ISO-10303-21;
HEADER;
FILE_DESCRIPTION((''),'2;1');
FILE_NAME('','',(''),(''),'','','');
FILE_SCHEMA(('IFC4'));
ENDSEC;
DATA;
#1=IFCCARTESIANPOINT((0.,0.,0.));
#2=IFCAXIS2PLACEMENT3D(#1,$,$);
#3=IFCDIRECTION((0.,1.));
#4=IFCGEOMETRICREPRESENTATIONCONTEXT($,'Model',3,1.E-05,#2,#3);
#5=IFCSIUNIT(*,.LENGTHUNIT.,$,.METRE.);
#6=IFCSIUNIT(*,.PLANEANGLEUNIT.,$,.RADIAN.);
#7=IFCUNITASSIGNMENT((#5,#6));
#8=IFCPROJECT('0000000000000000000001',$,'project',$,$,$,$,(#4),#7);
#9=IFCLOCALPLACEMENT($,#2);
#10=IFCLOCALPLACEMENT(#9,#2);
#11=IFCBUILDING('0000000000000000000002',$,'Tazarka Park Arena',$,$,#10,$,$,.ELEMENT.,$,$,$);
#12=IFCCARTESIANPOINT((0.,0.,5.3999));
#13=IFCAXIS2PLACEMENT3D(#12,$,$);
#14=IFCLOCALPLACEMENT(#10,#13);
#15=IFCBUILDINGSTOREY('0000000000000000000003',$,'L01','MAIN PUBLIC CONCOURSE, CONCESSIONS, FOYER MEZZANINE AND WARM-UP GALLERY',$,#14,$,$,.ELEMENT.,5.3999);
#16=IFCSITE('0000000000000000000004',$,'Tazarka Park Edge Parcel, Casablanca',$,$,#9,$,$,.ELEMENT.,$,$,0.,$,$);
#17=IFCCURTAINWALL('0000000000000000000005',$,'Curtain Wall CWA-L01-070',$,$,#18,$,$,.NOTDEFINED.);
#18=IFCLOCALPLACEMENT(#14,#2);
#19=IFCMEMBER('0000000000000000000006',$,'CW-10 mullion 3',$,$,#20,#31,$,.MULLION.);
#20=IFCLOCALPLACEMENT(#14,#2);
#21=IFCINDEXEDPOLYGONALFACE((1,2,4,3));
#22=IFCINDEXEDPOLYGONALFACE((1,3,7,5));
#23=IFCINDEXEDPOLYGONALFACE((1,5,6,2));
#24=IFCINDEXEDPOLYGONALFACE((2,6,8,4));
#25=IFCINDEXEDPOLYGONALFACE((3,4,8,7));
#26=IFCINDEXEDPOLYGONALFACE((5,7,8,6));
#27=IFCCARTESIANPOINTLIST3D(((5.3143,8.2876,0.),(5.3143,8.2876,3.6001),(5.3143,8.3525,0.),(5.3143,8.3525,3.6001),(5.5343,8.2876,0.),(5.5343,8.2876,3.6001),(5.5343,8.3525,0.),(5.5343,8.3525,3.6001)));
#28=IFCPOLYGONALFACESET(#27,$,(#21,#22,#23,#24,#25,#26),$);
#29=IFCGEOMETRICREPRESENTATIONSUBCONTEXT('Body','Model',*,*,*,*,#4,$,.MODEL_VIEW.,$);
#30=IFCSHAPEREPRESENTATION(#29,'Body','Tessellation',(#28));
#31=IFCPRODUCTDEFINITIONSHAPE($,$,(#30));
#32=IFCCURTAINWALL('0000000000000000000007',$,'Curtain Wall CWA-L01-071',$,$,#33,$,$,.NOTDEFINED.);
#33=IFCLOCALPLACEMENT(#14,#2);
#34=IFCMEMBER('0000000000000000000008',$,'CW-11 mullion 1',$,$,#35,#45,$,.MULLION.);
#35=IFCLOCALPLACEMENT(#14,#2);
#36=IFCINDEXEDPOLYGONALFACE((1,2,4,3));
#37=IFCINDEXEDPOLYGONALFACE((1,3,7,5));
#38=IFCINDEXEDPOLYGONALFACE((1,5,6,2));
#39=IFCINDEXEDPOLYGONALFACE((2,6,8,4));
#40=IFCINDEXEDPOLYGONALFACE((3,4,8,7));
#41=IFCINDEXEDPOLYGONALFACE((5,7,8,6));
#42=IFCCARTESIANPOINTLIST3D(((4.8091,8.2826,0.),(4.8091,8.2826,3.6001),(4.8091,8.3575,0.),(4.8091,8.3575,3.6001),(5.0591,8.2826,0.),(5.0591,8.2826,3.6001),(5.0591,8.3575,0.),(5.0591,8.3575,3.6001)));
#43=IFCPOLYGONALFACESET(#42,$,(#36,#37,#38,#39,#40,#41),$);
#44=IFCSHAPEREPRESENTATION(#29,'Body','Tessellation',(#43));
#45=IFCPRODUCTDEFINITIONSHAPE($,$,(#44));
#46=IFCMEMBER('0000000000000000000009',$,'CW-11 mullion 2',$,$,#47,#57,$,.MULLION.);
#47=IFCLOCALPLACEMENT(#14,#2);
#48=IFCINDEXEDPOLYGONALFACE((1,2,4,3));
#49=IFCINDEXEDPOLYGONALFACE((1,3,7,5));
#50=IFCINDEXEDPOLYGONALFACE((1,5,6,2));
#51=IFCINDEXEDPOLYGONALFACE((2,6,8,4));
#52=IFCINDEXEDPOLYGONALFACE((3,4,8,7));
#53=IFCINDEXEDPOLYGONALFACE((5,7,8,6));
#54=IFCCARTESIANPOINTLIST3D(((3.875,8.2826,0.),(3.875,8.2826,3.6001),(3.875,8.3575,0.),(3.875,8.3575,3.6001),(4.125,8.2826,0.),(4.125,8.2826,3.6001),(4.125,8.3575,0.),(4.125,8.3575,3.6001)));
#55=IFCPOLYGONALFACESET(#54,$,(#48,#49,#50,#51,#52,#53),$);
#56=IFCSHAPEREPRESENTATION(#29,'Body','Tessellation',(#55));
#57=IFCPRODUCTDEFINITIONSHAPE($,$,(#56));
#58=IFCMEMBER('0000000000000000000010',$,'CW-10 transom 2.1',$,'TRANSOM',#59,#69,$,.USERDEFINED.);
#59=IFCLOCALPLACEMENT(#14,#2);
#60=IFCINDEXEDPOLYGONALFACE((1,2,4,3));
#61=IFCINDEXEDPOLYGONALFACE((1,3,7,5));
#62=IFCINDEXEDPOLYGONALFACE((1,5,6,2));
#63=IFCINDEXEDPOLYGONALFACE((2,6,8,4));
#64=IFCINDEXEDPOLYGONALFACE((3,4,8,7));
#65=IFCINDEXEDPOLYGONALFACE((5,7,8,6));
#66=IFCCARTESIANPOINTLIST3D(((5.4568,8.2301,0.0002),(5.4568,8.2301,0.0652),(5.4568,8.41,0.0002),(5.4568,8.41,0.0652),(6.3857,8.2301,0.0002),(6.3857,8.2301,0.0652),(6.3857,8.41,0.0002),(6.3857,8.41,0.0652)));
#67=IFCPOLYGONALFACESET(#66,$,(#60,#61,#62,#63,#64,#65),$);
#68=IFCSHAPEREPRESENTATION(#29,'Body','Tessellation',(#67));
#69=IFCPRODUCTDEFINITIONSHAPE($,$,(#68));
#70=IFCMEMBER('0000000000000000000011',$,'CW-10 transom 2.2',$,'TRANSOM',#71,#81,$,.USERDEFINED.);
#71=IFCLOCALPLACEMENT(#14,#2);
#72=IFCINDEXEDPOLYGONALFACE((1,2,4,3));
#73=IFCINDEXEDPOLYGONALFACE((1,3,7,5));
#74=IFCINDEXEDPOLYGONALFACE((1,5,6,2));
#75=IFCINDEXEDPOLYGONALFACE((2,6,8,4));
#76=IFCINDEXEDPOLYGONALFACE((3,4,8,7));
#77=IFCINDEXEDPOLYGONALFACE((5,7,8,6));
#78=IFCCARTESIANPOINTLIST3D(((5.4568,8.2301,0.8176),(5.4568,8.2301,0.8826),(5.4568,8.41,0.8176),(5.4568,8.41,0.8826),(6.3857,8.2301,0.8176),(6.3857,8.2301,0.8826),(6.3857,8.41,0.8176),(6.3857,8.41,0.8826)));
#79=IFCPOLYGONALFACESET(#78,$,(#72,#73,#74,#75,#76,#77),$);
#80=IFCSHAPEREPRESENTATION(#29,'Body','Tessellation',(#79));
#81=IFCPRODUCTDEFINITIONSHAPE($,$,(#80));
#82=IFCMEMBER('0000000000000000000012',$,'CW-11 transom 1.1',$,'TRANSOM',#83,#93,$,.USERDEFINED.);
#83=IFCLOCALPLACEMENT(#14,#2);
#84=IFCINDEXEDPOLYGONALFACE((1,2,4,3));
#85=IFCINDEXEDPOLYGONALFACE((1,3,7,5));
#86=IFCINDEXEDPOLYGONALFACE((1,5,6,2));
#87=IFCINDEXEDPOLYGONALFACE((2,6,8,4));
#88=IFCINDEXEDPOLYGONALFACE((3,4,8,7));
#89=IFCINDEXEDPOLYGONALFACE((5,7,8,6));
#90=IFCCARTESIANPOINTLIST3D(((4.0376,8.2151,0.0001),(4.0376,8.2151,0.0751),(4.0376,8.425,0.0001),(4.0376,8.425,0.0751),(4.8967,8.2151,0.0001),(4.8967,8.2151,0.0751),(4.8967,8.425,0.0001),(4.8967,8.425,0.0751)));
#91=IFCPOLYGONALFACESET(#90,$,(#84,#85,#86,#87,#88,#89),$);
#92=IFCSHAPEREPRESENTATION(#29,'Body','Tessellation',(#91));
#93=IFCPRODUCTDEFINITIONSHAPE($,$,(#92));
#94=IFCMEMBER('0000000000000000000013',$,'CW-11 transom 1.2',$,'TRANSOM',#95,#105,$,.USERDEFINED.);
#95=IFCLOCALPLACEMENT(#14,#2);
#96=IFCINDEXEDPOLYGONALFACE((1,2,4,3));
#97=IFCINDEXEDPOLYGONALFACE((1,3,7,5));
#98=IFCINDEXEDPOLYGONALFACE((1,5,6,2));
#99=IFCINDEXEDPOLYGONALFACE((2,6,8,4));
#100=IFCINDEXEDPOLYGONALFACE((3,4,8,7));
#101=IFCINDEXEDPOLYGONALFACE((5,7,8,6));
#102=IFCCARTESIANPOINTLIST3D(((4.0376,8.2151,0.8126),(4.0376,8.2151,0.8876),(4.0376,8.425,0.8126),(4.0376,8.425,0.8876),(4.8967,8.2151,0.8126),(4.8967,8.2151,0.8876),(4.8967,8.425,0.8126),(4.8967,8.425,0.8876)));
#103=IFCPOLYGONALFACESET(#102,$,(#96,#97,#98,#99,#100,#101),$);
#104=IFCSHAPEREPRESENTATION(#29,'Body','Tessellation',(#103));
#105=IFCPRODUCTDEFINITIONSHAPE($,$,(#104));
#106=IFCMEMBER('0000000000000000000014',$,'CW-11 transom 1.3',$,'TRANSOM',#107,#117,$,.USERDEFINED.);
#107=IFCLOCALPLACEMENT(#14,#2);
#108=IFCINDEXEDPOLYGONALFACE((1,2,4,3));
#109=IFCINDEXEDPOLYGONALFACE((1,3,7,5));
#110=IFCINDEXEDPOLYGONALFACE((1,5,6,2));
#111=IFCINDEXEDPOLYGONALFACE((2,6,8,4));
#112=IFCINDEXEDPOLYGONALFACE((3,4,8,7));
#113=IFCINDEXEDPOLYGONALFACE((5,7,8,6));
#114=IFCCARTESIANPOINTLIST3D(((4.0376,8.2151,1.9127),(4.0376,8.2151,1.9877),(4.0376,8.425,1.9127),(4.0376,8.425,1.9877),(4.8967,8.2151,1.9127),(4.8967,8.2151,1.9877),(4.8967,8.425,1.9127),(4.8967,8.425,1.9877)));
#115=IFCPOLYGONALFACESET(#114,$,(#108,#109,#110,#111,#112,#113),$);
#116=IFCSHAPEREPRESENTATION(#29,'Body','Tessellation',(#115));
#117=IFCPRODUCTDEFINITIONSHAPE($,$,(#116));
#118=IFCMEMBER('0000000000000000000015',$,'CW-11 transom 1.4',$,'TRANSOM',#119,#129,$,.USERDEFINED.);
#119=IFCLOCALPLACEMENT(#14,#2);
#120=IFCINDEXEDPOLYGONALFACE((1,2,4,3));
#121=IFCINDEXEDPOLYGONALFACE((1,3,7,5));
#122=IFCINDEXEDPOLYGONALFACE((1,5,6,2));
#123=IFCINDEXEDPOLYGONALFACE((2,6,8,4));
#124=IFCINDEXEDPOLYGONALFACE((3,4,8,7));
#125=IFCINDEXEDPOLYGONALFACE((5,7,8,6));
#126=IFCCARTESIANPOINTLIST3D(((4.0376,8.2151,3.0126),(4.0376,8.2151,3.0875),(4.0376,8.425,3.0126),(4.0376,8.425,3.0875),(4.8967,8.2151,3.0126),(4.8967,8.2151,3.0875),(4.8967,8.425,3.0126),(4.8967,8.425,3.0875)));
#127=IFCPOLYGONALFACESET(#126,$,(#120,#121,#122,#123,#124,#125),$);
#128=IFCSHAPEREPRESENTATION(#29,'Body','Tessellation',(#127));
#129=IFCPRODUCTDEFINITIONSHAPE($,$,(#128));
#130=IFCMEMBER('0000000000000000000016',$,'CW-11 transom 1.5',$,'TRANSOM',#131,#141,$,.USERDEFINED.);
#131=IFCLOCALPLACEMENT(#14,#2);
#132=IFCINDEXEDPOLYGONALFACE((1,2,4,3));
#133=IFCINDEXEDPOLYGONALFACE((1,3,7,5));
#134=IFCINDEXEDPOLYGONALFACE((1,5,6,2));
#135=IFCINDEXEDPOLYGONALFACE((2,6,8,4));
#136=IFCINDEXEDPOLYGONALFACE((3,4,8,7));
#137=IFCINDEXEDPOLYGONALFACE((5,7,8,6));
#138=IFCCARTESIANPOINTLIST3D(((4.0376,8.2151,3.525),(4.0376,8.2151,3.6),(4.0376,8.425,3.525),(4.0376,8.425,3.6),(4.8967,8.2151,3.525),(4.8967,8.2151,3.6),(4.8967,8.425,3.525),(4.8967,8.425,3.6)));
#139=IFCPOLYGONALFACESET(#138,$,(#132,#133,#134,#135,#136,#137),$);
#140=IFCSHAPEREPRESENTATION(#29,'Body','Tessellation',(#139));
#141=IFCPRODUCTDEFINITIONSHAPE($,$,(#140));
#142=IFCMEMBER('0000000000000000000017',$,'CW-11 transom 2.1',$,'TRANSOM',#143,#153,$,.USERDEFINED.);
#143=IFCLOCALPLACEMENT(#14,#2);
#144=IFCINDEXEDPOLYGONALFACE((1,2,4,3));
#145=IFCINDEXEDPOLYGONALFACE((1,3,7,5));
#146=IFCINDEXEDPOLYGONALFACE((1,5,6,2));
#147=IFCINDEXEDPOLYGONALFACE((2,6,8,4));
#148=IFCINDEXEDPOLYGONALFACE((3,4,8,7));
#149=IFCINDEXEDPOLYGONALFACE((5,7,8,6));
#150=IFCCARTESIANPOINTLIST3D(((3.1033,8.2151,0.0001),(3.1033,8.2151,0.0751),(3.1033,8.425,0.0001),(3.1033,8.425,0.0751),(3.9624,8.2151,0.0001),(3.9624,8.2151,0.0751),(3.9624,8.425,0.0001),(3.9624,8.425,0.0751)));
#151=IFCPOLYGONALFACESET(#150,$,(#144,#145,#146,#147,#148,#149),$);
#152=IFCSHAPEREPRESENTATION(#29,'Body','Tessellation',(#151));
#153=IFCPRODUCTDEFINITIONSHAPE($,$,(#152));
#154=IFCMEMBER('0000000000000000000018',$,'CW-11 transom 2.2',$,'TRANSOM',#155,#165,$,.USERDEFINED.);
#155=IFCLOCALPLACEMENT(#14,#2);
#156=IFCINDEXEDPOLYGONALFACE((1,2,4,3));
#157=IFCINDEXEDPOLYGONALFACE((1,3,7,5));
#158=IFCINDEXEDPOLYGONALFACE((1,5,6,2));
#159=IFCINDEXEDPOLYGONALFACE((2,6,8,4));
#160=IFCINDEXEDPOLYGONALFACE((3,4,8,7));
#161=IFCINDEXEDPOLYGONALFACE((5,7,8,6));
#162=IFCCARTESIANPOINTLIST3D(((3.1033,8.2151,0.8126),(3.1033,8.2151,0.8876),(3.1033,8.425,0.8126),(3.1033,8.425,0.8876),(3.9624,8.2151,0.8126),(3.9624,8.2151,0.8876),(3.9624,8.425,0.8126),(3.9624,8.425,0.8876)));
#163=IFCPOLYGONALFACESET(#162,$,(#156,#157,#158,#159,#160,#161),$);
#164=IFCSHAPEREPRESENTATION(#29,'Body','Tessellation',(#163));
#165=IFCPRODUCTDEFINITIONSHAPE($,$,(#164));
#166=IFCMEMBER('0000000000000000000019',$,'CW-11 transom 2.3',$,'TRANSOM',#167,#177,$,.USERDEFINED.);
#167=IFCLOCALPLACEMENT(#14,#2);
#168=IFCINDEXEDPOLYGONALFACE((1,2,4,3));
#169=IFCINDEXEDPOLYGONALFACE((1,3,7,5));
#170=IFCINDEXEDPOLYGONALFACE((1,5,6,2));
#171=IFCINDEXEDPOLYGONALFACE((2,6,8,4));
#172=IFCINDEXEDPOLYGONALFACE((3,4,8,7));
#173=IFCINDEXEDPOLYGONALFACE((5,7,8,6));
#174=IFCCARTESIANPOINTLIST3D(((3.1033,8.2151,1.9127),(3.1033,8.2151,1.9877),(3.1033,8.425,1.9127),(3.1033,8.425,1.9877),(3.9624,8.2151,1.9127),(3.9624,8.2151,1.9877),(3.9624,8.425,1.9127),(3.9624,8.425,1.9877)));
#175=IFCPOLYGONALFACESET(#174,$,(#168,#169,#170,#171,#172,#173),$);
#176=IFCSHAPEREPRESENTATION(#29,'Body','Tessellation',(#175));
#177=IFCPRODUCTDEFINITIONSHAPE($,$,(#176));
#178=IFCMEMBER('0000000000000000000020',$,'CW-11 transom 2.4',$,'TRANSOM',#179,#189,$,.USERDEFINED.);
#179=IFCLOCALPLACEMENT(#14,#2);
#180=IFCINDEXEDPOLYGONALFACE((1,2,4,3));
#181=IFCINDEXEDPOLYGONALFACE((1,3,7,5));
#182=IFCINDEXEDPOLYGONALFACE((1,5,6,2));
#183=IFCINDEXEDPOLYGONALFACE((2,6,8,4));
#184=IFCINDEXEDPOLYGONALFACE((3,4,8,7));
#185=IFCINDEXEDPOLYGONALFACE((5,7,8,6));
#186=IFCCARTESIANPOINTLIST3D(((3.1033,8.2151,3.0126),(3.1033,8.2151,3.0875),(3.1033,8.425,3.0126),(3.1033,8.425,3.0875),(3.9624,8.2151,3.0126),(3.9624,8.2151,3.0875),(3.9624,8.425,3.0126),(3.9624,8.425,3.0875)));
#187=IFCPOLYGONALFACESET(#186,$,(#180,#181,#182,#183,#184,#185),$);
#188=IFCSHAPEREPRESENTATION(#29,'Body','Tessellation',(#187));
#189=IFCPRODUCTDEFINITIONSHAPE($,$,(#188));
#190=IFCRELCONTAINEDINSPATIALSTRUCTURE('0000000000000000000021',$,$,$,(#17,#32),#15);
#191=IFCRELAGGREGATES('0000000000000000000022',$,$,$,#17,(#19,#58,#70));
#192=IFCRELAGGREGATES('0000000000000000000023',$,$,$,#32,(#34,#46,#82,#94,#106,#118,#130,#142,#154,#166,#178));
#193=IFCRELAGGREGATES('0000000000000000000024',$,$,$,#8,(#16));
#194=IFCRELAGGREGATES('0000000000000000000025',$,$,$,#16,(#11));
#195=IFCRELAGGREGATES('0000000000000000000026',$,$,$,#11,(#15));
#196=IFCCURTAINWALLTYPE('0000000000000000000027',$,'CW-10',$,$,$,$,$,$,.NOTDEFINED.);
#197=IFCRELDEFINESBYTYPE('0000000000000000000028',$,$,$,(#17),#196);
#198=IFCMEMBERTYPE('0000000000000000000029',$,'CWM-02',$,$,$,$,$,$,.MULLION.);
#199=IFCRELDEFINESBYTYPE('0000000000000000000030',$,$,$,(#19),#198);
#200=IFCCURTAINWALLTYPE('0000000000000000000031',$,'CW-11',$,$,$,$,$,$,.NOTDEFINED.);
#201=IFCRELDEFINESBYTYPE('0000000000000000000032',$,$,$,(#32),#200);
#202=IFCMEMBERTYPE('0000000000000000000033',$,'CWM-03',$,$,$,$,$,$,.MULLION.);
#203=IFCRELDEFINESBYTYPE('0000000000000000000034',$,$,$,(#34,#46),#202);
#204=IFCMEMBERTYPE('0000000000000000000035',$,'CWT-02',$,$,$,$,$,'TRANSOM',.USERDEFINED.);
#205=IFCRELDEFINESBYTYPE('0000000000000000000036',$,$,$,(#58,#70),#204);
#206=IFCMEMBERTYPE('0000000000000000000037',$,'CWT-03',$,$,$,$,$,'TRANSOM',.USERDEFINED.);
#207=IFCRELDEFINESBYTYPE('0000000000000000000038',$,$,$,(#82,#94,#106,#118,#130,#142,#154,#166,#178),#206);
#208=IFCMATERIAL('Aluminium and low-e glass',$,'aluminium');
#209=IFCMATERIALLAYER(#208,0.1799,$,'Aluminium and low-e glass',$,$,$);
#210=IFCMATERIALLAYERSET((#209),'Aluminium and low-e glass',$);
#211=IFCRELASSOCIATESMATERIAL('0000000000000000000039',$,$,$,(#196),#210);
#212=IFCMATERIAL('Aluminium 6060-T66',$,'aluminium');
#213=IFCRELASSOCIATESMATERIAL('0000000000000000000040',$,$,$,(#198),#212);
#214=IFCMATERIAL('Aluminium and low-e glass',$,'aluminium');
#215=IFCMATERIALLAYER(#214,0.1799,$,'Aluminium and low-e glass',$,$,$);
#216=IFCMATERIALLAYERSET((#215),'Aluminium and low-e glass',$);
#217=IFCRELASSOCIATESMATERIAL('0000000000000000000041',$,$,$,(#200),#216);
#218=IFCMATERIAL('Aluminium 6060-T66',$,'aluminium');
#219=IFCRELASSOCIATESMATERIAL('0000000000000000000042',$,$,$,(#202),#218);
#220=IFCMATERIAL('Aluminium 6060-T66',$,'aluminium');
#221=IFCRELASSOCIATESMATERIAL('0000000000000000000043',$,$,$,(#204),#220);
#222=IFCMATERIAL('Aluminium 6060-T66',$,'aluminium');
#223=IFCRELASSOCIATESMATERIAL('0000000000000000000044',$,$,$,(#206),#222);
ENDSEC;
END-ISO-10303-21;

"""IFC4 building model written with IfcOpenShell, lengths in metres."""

from ifc_helpers import new_model, si_unit, direction, frame, origin, origin_2d, place, context, subcontext, project, spatial, rectangle, extrude, material, layer, layer_set, material_profile, profile_set, type_object, element, aggregate, save


model = new_model("IFC4")

# Units and contexts
model_context = context("Model", 3, precision=1e-05, world=origin(), true_north=direction((0.0, 1.0)))
body_context = subcontext(model_context, "Body", "Model", "MODEL_VIEW")
ifc_project = project(units=[si_unit("LENGTHUNIT", "METRE"), si_unit("PLANEANGLEUNIT", "RADIAN")], contexts=[model_context])

# Site, building, storey
site_placement = place(None, origin())
site = spatial("IfcSite", under=ifc_project, at=site_placement, Name="Tazarka Park Edge Parcel, Casablanca", CompositionType="ELEMENT", RefElevation=0.0)
building_placement = place(site_placement, origin())
building = spatial("IfcBuilding", under=site, at=building_placement, Name="Tazarka Park Arena", CompositionType="ELEMENT")
storey_placement = place(building_placement, frame((0.0, 0.0, 5.3999)))
storey = spatial("IfcBuildingStorey", under=building, at=storey_placement, Name="L01", Description="MAIN PUBLIC CONCOURSE, CONCESSIONS, FOYER MEZZANINE AND WARM-UP GALLERY", CompositionType="ELEMENT", Elevation=5.3999)

# Curtain wall, member
ifc_material_1 = material(Name="Aluminium and low-e glass", Category="aluminium")
ifc_layer_1 = layer(ifc_material_1, 0.1799, Name="Aluminium and low-e glass")
ifc_layer_set_1 = layer_set([ifc_layer_1], Name="Aluminium and low-e glass")
curtain_wall_type_1 = type_object("IfcCurtainWallType", Name="CW-10", PredefinedType="NOTDEFINED", material=ifc_layer_set_1)
curtain_wall_1_placement = place(storey_placement, origin())
curtain_wall_1 = element("IfcCurtainWall", 1, at=curtain_wall_1_placement, inside=storey, type_object=curtain_wall_type_1, Name="Curtain Wall CWA-L01-070", PredefinedType="NOTDEFINED")
ifc_material_2 = material(Name="Aluminium 6060-T66", Category="aluminium")
ifc_material_profile_1 = material_profile(ifc_material_2, rectangle(XDim=0.0649, YDim=0.22, at=origin_2d()), Name="Aluminium 6060-T66")
ifc_profile_set_1 = profile_set([ifc_material_profile_1], Name="Aluminium 6060-T66")
member_type_1 = type_object("IfcMemberType", Name="CWM-02", PredefinedType="MULLION", material=ifc_profile_set_1)
member_1_placement = place(storey_placement, frame((5.4243, 8.3201, 0.0), z_axis=(0.0, 0.0, 1.0), x_axis=(0.0, -1.0, 0.0)))
member_1 = element("IfcMember", 2, at=member_1_placement, type_object=member_type_1, Name="CW-10 mullion 3", PredefinedType="MULLION", context=body_context, shape_type="SweptSolid", body=[
    extrude(rectangle(XDim=0.0649, YDim=0.22, at=origin_2d()), origin(), (0.0, 0.0, 1.0), 3.6001),
])

# Curtain wall, members
ifc_material_3 = material(Name="Aluminium and low-e glass", Category="aluminium")
ifc_layer_2 = layer(ifc_material_3, 0.1799, Name="Aluminium and low-e glass")
ifc_layer_set_2 = layer_set([ifc_layer_2], Name="Aluminium and low-e glass")
curtain_wall_type_2 = type_object("IfcCurtainWallType", Name="CW-11", PredefinedType="NOTDEFINED", material=ifc_layer_set_2)
curtain_wall_2_placement = place(storey_placement, origin())
curtain_wall_2 = element("IfcCurtainWall", 3, at=curtain_wall_2_placement, inside=storey, type_object=curtain_wall_type_2, Name="Curtain Wall CWA-L01-071", PredefinedType="NOTDEFINED")
ifc_material_4 = material(Name="Aluminium 6060-T66", Category="aluminium")
ifc_material_profile_2 = material_profile(ifc_material_4, rectangle(XDim=0.075, YDim=0.25, at=origin_2d()), Name="Aluminium 6060-T66")
ifc_profile_set_2 = profile_set([ifc_material_profile_2], Name="Aluminium 6060-T66")
member_type_2 = type_object("IfcMemberType", Name="CWM-03", PredefinedType="MULLION", material=ifc_profile_set_2)
member_2_placement = place(storey_placement, frame((4.9341, 8.3201, 0.0), z_axis=(0.0, 0.0, 1.0), x_axis=(0.0, -1.0, 0.0)))
member_2 = element("IfcMember", 4, at=member_2_placement, type_object=member_type_2, Name="CW-11 mullion 1", PredefinedType="MULLION", context=body_context, shape_type="SweptSolid", body=[
    extrude(rectangle(XDim=0.075, YDim=0.25, at=origin_2d()), origin(), (0.0, 0.0, 1.0), 3.6001),
])
member_3_placement = place(storey_placement, frame((4.0, 8.3201, 0.0), z_axis=(0.0, 0.0, 1.0), x_axis=(0.0, -1.0, 0.0)))
member_3 = element("IfcMember", 5, at=member_3_placement, type_object=member_type_2, Name="CW-11 mullion 2", PredefinedType="MULLION", context=body_context, shape_type="SweptSolid", body=[
    extrude(rectangle(XDim=0.075, YDim=0.25, at=origin_2d()), origin(), (0.0, 0.0, 1.0), 3.6001),
])

# Members
ifc_material_5 = material(Name="Aluminium 6060-T66", Category="aluminium")
ifc_material_profile_3 = material_profile(ifc_material_5, rectangle(XDim=0.1799, YDim=0.0649, at=origin_2d()), Name="Aluminium 6060-T66")
ifc_profile_set_3 = profile_set([ifc_material_profile_3], Name="Aluminium 6060-T66")
member_type_3 = type_object("IfcMemberType", Name="CWT-02", ElementType="TRANSOM", PredefinedType="USERDEFINED", material=ifc_profile_set_3)
member_4_placement = place(storey_placement, frame((6.3857, 8.3201, 0.0327), z_axis=(-1.0, 0.0, 0.0), x_axis=(0.0, -1.0, 0.0)))
member_4 = element("IfcMember", 6, at=member_4_placement, type_object=member_type_3, Name="CW-10 transom 2.1", ObjectType="TRANSOM", PredefinedType="USERDEFINED", context=body_context, shape_type="SweptSolid", body=[
    extrude(rectangle(XDim=0.1799, YDim=0.0649, at=origin_2d()), origin(), (0.0, 0.0, 1.0), 0.929),
])
member_5_placement = place(storey_placement, frame((6.3857, 8.3201, 0.8501), z_axis=(-1.0, 0.0, 0.0), x_axis=(0.0, -1.0, 0.0)))
member_5 = element("IfcMember", 7, at=member_5_placement, type_object=member_type_3, Name="CW-10 transom 2.2", ObjectType="TRANSOM", PredefinedType="USERDEFINED", context=body_context, shape_type="SweptSolid", body=[
    extrude(rectangle(XDim=0.1799, YDim=0.0649, at=origin_2d()), origin(), (0.0, 0.0, 1.0), 0.929),
])
ifc_material_6 = material(Name="Aluminium 6060-T66", Category="aluminium")
ifc_material_profile_4 = material_profile(ifc_material_6, rectangle(XDim=0.21, YDim=0.075, at=origin_2d()), Name="Aluminium 6060-T66")
ifc_profile_set_4 = profile_set([ifc_material_profile_4], Name="Aluminium 6060-T66")
member_type_4 = type_object("IfcMemberType", Name="CWT-03", ElementType="TRANSOM", PredefinedType="USERDEFINED", material=ifc_profile_set_4)
member_6_placement = place(storey_placement, frame((4.8967, 8.3201, 0.0376), z_axis=(-1.0, 0.0, 0.0), x_axis=(0.0, -1.0, 0.0)))
member_6 = element("IfcMember", 8, at=member_6_placement, type_object=member_type_4, Name="CW-11 transom 1.1", ObjectType="TRANSOM", PredefinedType="USERDEFINED", context=body_context, shape_type="SweptSolid", body=[
    extrude(rectangle(XDim=0.21, YDim=0.075, at=origin_2d()), origin(), (0.0, 0.0, 1.0), 0.8591),
])
member_7_placement = place(storey_placement, frame((4.8967, 8.3201, 0.8501), z_axis=(-1.0, 0.0, 0.0), x_axis=(0.0, -1.0, 0.0)))
member_7 = element("IfcMember", 9, at=member_7_placement, type_object=member_type_4, Name="CW-11 transom 1.2", ObjectType="TRANSOM", PredefinedType="USERDEFINED", context=body_context, shape_type="SweptSolid", body=[
    extrude(rectangle(XDim=0.21, YDim=0.075, at=origin_2d()), origin(), (0.0, 0.0, 1.0), 0.8591),
])
member_8_placement = place(storey_placement, frame((4.8967, 8.3201, 1.9502), z_axis=(-1.0, 0.0, 0.0), x_axis=(0.0, -1.0, 0.0)))
member_8 = element("IfcMember", 10, at=member_8_placement, type_object=member_type_4, Name="CW-11 transom 1.3", ObjectType="TRANSOM", PredefinedType="USERDEFINED", context=body_context, shape_type="SweptSolid", body=[
    extrude(rectangle(XDim=0.21, YDim=0.075, at=origin_2d()), origin(), (0.0, 0.0, 1.0), 0.8591),
])
member_9_placement = place(storey_placement, frame((4.8967, 8.3201, 3.05), z_axis=(-1.0, 0.0, 0.0), x_axis=(0.0, -1.0, 0.0)))
member_9 = element("IfcMember", 11, at=member_9_placement, type_object=member_type_4, Name="CW-11 transom 1.4", ObjectType="TRANSOM", PredefinedType="USERDEFINED", context=body_context, shape_type="SweptSolid", body=[
    extrude(rectangle(XDim=0.21, YDim=0.075, at=origin_2d()), origin(), (0.0, 0.0, 1.0), 0.8591),
])
member_10_placement = place(storey_placement, frame((4.8967, 8.3201, 3.5625), z_axis=(-1.0, 0.0, 0.0), x_axis=(0.0, -1.0, 0.0)))
member_10 = element("IfcMember", 12, at=member_10_placement, type_object=member_type_4, Name="CW-11 transom 1.5", ObjectType="TRANSOM", PredefinedType="USERDEFINED", context=body_context, shape_type="SweptSolid", body=[
    extrude(rectangle(XDim=0.21, YDim=0.075, at=origin_2d()), origin(), (0.0, 0.0, 1.0), 0.8591),
])
member_11_placement = place(storey_placement, frame((3.9624, 8.3201, 0.0376), z_axis=(-1.0, 0.0, 0.0), x_axis=(0.0, -1.0, 0.0)))
member_11 = element("IfcMember", 13, at=member_11_placement, type_object=member_type_4, Name="CW-11 transom 2.1", ObjectType="TRANSOM", PredefinedType="USERDEFINED", context=body_context, shape_type="SweptSolid", body=[
    extrude(rectangle(XDim=0.21, YDim=0.075, at=origin_2d()), origin(), (0.0, 0.0, 1.0), 0.8591),
])
member_12_placement = place(storey_placement, frame((3.9624, 8.3201, 0.8501), z_axis=(-1.0, 0.0, 0.0), x_axis=(0.0, -1.0, 0.0)))
member_12 = element("IfcMember", 14, at=member_12_placement, type_object=member_type_4, Name="CW-11 transom 2.2", ObjectType="TRANSOM", PredefinedType="USERDEFINED", context=body_context, shape_type="SweptSolid", body=[
    extrude(rectangle(XDim=0.21, YDim=0.075, at=origin_2d()), origin(), (0.0, 0.0, 1.0), 0.8591),
])
member_13_placement = place(storey_placement, frame((3.9624, 8.3201, 1.9502), z_axis=(-1.0, 0.0, 0.0), x_axis=(0.0, -1.0, 0.0)))
member_13 = element("IfcMember", 15, at=member_13_placement, type_object=member_type_4, Name="CW-11 transom 2.3", ObjectType="TRANSOM", PredefinedType="USERDEFINED", context=body_context, shape_type="SweptSolid", body=[
    extrude(rectangle(XDim=0.21, YDim=0.075, at=origin_2d()), origin(), (0.0, 0.0, 1.0), 0.8591),
])
member_14_placement = place(storey_placement, frame((3.9624, 8.3201, 3.05), z_axis=(-1.0, 0.0, 0.0), x_axis=(0.0, -1.0, 0.0)))
member_14 = element("IfcMember", 16, at=member_14_placement, type_object=member_type_4, Name="CW-11 transom 2.4", ObjectType="TRANSOM", PredefinedType="USERDEFINED", context=body_context, shape_type="SweptSolid", body=[
    extrude(rectangle(XDim=0.21, YDim=0.075, at=origin_2d()), origin(), (0.0, 0.0, 1.0), 0.8591),
])

aggregate(curtain_wall_1, [member_1, member_4, member_5])
aggregate(curtain_wall_2, [member_2, member_3, member_6, member_7, member_8, member_9, member_10, member_11, member_12, member_13, member_14])

save(model, "model.ifc")
